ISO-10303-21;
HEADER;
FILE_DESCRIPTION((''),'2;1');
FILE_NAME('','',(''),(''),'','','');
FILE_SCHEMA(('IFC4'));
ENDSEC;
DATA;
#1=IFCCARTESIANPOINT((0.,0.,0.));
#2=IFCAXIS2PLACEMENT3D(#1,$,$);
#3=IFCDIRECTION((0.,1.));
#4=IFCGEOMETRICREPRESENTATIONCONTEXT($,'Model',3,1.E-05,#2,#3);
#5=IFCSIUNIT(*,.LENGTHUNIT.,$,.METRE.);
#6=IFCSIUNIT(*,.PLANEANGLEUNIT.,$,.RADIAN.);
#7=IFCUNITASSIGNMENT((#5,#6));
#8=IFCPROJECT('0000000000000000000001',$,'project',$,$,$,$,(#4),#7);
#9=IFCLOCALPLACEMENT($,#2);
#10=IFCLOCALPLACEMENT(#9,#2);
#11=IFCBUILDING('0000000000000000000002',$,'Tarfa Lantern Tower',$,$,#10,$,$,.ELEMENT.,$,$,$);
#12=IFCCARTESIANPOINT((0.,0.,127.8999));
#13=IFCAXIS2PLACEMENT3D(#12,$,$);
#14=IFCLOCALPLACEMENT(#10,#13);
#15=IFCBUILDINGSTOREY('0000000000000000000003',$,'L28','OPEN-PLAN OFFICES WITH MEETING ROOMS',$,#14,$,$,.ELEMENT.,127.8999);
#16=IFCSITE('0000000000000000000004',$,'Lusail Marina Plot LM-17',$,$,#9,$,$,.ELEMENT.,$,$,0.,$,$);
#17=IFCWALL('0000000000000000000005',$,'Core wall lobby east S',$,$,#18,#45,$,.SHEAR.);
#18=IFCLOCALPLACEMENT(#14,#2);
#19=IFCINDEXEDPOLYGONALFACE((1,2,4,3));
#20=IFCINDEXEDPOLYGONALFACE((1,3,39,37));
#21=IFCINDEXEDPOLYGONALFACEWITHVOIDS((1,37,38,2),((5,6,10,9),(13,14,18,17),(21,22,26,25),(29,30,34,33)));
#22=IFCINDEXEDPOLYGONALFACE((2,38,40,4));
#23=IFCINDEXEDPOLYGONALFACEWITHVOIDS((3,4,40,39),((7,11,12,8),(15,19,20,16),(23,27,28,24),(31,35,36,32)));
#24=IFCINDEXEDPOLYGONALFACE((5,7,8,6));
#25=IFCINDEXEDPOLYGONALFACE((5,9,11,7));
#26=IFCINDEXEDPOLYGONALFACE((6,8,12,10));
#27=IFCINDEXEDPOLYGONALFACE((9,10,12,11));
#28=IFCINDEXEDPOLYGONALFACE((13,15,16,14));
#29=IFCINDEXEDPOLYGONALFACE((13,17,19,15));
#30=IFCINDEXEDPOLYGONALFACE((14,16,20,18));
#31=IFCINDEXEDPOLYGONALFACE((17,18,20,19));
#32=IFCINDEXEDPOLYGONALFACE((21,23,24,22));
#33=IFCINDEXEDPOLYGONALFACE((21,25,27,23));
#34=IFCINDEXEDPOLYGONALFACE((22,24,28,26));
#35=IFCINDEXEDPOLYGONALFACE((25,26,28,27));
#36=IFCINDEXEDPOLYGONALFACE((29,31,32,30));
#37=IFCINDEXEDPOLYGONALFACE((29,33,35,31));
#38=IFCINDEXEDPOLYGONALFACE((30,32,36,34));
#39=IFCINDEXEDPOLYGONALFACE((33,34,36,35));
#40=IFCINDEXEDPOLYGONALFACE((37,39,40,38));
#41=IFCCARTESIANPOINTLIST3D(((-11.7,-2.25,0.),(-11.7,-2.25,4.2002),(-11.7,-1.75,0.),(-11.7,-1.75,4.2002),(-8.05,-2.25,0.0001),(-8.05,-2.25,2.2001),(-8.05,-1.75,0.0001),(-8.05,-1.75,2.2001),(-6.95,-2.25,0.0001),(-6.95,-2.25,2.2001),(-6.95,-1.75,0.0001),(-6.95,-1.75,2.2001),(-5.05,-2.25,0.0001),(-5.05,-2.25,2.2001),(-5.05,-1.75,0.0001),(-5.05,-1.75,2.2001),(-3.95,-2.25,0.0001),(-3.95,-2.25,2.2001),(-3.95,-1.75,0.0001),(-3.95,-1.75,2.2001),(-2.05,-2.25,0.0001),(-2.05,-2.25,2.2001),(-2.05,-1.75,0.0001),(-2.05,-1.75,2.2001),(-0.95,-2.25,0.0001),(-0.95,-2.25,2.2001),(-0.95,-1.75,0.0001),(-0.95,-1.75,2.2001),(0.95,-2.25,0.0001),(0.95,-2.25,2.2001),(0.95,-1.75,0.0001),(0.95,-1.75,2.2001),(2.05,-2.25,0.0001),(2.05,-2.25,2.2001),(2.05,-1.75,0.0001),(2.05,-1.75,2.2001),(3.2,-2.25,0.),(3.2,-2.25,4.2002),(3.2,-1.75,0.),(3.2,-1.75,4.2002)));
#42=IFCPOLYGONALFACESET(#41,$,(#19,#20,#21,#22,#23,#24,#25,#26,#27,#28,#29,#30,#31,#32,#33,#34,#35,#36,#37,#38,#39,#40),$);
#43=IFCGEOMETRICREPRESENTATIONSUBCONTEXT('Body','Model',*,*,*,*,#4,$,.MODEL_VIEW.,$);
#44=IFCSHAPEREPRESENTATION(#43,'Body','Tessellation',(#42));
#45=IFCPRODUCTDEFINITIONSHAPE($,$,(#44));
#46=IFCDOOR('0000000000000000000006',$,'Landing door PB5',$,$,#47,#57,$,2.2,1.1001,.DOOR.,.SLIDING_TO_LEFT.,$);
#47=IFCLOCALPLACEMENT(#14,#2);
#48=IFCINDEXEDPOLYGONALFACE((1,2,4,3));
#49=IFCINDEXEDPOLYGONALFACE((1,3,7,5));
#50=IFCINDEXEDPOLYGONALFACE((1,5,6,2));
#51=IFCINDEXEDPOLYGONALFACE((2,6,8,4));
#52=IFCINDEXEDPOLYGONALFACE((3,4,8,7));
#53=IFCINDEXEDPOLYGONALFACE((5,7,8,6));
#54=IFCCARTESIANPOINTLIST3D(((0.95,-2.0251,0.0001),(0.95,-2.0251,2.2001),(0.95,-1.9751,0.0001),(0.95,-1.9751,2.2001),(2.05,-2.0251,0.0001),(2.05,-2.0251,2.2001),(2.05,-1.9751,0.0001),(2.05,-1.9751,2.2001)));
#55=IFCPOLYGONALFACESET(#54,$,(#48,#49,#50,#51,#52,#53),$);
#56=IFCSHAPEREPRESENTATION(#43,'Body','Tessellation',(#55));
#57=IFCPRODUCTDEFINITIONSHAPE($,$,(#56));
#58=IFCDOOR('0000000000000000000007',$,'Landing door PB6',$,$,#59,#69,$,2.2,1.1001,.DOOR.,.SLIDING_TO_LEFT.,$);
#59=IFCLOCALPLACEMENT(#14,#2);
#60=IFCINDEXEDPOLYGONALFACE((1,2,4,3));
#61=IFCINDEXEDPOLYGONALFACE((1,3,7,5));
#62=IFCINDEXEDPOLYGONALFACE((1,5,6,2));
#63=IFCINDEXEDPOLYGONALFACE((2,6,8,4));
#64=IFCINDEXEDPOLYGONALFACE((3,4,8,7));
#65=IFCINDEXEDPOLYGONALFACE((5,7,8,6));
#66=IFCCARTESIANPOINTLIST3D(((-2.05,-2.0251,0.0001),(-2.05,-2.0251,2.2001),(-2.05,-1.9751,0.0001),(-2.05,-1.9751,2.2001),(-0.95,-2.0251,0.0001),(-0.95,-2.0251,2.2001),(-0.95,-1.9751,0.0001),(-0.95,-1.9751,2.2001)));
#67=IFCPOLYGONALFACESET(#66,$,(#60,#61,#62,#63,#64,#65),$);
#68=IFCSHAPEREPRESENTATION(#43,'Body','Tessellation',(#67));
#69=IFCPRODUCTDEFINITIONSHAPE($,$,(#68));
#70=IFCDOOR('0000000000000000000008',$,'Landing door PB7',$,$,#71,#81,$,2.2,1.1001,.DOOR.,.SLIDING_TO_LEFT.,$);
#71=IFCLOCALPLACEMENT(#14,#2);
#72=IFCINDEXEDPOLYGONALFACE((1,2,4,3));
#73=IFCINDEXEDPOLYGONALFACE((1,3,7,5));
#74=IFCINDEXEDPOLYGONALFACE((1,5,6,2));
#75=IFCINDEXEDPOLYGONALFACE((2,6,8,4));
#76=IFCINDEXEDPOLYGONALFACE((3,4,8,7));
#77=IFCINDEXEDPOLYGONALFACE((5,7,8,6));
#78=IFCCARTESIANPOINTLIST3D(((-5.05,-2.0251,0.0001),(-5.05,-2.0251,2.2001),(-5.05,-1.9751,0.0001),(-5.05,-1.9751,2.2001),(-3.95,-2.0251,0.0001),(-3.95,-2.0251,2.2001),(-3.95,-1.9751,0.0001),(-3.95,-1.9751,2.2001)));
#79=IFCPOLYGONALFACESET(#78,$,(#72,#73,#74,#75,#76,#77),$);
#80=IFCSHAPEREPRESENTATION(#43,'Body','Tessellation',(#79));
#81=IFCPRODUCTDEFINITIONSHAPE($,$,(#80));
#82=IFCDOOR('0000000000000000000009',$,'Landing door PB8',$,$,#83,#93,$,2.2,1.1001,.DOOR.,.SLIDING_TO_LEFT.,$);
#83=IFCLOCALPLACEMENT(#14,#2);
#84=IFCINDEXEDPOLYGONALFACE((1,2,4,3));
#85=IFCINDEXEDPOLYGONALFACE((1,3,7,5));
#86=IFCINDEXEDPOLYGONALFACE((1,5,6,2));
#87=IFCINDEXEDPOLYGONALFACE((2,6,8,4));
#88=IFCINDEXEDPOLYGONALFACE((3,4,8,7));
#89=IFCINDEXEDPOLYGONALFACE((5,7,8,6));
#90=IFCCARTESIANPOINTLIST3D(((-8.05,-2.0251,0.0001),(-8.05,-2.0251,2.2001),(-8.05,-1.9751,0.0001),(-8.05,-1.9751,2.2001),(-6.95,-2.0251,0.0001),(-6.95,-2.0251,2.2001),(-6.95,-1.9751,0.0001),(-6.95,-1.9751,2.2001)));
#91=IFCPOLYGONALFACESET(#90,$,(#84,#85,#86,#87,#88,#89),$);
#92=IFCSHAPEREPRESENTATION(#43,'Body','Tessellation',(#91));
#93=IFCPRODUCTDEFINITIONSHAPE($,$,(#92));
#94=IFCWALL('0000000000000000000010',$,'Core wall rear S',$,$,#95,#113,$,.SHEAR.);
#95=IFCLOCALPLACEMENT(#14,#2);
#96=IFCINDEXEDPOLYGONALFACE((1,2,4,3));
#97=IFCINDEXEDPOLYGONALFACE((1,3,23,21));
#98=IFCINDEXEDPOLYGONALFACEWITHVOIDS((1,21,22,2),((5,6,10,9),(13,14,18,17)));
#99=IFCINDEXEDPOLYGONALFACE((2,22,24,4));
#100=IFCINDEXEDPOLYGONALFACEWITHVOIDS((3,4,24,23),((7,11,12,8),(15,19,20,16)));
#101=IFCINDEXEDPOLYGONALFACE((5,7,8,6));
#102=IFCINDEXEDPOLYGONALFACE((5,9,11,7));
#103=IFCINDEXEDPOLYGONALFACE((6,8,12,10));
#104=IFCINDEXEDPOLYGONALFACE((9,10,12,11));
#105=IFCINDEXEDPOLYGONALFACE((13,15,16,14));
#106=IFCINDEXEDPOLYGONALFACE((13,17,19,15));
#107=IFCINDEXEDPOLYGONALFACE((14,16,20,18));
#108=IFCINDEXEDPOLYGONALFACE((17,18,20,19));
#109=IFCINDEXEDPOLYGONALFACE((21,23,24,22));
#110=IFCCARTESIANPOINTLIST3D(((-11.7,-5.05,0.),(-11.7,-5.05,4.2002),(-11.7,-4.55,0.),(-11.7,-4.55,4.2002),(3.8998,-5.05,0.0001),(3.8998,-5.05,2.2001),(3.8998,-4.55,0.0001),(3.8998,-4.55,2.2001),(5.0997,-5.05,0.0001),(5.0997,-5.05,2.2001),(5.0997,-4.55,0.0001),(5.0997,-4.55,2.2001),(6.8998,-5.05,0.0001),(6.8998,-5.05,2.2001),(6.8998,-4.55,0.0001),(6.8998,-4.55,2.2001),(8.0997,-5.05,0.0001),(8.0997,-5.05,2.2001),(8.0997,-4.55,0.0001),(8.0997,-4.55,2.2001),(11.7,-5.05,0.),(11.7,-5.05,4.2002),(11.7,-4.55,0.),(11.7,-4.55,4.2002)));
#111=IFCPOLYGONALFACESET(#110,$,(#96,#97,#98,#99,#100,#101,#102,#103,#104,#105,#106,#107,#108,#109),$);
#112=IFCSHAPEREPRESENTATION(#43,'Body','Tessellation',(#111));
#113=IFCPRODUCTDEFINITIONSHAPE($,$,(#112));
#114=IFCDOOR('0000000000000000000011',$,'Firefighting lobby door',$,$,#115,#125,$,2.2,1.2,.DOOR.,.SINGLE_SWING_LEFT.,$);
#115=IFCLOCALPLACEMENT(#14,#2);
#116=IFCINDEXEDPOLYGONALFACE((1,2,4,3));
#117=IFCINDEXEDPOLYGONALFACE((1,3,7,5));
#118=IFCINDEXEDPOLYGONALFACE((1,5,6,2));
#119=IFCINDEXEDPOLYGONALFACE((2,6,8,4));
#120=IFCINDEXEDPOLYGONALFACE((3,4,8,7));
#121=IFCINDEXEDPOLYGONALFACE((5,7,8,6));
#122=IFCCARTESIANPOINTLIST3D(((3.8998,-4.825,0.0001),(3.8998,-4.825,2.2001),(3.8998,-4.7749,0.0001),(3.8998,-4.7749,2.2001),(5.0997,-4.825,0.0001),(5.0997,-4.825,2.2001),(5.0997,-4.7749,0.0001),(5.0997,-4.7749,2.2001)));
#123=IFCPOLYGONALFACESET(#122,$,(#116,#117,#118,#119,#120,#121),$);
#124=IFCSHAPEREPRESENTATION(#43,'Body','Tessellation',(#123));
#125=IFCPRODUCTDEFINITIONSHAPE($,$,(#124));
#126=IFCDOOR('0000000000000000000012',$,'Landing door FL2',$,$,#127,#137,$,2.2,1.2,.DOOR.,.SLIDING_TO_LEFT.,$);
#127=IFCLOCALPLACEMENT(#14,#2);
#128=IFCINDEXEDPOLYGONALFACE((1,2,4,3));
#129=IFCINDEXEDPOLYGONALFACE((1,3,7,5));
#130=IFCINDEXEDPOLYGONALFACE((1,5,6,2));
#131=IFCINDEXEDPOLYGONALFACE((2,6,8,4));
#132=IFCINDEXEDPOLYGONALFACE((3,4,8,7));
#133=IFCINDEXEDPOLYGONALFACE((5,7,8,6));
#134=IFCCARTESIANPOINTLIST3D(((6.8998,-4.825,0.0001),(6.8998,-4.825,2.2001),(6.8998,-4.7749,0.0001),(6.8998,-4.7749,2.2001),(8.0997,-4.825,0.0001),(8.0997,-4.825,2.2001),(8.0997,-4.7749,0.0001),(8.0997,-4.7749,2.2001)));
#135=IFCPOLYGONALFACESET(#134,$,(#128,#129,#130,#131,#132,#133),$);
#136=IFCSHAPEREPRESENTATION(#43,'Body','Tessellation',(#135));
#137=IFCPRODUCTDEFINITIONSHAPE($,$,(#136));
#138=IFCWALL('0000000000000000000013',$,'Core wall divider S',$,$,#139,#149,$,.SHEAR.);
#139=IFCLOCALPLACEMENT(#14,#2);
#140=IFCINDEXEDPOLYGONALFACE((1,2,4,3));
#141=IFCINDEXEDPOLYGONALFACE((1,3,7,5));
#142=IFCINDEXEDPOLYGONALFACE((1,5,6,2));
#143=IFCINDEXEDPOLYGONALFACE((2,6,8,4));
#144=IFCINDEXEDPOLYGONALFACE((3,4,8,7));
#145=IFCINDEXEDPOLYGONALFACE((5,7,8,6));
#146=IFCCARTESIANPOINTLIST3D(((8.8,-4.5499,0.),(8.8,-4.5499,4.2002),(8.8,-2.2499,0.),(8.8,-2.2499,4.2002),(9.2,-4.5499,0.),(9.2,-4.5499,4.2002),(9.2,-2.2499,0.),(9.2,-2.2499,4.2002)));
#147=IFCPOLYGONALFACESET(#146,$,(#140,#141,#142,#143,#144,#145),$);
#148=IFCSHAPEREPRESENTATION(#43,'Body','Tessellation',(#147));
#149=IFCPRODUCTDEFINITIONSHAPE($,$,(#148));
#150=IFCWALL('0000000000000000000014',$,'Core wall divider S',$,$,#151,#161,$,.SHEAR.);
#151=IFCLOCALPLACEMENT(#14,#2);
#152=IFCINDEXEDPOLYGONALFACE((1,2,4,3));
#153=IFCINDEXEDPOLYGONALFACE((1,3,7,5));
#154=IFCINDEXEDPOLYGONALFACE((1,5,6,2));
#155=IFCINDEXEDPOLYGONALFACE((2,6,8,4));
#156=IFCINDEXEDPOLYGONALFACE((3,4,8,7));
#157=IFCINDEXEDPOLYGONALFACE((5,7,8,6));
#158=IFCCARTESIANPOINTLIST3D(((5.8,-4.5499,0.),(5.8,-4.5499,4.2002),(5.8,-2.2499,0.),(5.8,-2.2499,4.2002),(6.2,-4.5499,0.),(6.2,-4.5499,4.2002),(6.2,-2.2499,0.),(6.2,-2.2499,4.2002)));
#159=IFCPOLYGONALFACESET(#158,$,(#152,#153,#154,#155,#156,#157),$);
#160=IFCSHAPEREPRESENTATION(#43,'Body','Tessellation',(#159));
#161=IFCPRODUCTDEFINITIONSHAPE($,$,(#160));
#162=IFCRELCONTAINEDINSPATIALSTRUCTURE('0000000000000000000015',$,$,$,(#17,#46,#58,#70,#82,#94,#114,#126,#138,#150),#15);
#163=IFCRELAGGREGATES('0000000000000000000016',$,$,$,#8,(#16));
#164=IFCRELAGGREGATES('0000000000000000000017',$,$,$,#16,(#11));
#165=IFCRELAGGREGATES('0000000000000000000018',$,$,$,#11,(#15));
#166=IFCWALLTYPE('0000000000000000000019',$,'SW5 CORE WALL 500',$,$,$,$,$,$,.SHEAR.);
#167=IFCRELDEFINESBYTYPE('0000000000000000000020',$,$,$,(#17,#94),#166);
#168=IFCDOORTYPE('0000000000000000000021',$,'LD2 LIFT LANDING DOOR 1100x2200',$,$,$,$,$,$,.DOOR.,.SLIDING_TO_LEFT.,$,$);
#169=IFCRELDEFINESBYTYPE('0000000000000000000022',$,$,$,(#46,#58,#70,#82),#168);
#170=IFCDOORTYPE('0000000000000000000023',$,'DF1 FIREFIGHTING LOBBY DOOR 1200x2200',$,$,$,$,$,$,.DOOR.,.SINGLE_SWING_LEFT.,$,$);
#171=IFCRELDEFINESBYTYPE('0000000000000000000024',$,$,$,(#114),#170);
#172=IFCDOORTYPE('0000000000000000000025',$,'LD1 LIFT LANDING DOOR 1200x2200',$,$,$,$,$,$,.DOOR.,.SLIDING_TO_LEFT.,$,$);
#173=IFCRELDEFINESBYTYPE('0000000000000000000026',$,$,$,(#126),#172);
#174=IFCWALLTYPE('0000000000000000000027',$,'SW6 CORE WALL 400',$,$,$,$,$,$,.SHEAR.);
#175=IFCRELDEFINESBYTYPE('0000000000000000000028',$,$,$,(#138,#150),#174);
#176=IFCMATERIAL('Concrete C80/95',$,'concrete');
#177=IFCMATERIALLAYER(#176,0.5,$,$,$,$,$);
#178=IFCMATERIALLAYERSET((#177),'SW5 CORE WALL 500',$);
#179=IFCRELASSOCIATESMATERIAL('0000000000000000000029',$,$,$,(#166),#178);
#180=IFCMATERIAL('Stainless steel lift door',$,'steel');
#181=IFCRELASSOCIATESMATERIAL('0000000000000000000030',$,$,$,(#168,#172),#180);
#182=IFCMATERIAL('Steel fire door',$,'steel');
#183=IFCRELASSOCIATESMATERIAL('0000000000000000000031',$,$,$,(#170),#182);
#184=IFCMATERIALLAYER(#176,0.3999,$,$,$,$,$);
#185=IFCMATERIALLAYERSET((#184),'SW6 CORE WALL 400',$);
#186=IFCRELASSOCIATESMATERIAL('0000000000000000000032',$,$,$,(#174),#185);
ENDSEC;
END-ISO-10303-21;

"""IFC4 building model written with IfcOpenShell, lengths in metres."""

from ifc_helpers import new_model, si_unit, direction, frame, frame_2d, origin, place, context, subcontext, project, spatial, rectangle, extrude, material, layer, layer_set, type_object, element, fill, save


model = new_model("IFC4")

# Units and contexts
model_context = context("Model", 3, precision=1e-05, world=origin(), true_north=direction((0.0, 1.0)))
body_context = subcontext(model_context, "Body", "Model", "MODEL_VIEW")
ifc_project = project(units=[si_unit("LENGTHUNIT", "METRE"), si_unit("PLANEANGLEUNIT", "RADIAN")], contexts=[model_context])

# Site, building, storey
site_placement = place(None, origin())
site = spatial("IfcSite", under=ifc_project, at=site_placement, Name="Lusail Marina Plot LM-17", CompositionType="ELEMENT", RefElevation=0.0)
building_placement = place(site_placement, origin())
building = spatial("IfcBuilding", under=site, at=building_placement, Name="Tarfa Lantern Tower", CompositionType="ELEMENT")
storey_placement = place(building_placement, frame((0.0, 0.0, 127.8999)))
storey = spatial("IfcBuildingStorey", under=building, at=storey_placement, Name="L28", Description="OPEN-PLAN OFFICES WITH MEETING ROOMS", CompositionType="ELEMENT", Elevation=127.8999)

# Shared definitions
ifc_material_1 = material(Name="Concrete C80/95", Category="concrete")

# Shared definitions
ifc_material_2 = material(Name="Steel fire door", Category="steel")

# Shared definitions
ifc_layer_1 = layer(ifc_material_1, 0.5)
ifc_layer_set_1 = layer_set([ifc_layer_1], Name="SW5 CORE WALL 500")
wall_type_1 = type_object("IfcWallType", Name="SW5 CORE WALL 500", PredefinedType="SHEAR", material=ifc_layer_set_1)

# Walls, openings, doors
wall_1_placement = place(storey_placement, frame((3.2, -2.0, 0.0), z_axis=(0.0, 0.0, 1.0), x_axis=(-1.0, 0.0, 0.0)))
wall_1 = element("IfcWall", 1, at=wall_1_placement, inside=storey, type_object=wall_type_1, Name="Core wall lobby east S", PredefinedType="SHEAR", context=body_context, shape_type="SweptSolid", body=[
    extrude(rectangle(XDim=14.8999, YDim=0.5, at=frame_2d((7.45, 0.0))), origin(), (0.0, 0.0, 1.0), 4.2002),
])
opening_1_placement = place(wall_1_placement, frame((1.1499, 0.0, 0.0)))
opening_1 = element("IfcOpeningElement", 2, at=opening_1_placement, cuts=wall_1, PredefinedType="OPENING", context=body_context, shape_type="SweptSolid", body=[
    extrude(rectangle(XDim=1.1001, YDim=2.2, at=frame_2d((0.55, 1.1001))), frame((0.0, 0.26, 0.0), z_axis=(0.0, -1.0, 0.0), x_axis=(1.0, 0.0, 0.0)), (0.0, 0.0, 1.0), 0.52),
])
opening_2_placement = place(wall_1_placement, frame((4.1499, 0.0, 0.0)))
opening_2 = element("IfcOpeningElement", 3, at=opening_2_placement, cuts=wall_1, PredefinedType="OPENING", context=body_context, shape_type="SweptSolid", body=[
    extrude(rectangle(XDim=1.1001, YDim=2.2, at=frame_2d((0.55, 1.1001))), frame((0.0, 0.26, 0.0), z_axis=(0.0, -1.0, 0.0), x_axis=(1.0, 0.0, 0.0)), (0.0, 0.0, 1.0), 0.52),
])
opening_3_placement = place(wall_1_placement, frame((7.1499, 0.0, 0.0)))
opening_3 = element("IfcOpeningElement", 4, at=opening_3_placement, cuts=wall_1, PredefinedType="OPENING", context=body_context, shape_type="SweptSolid", body=[
    extrude(rectangle(XDim=1.1001, YDim=2.2, at=frame_2d((0.55, 1.1001))), frame((0.0, 0.26, 0.0), z_axis=(0.0, -1.0, 0.0), x_axis=(1.0, 0.0, 0.0)), (0.0, 0.0, 1.0), 0.52),
])
opening_4_placement = place(wall_1_placement, frame((10.1499, 0.0, 0.0)))
opening_4 = element("IfcOpeningElement", 5, at=opening_4_placement, cuts=wall_1, PredefinedType="OPENING", context=body_context, shape_type="SweptSolid", body=[
    extrude(rectangle(XDim=1.1001, YDim=2.2, at=frame_2d((0.55, 1.1001))), frame((0.0, 0.26, 0.0), z_axis=(0.0, -1.0, 0.0), x_axis=(1.0, 0.0, 0.0)), (0.0, 0.0, 1.0), 0.52),
])
ifc_material_3 = material(Name="Stainless steel lift door", Category="steel")
door_type_1 = type_object("IfcDoorType", Name="LD2 LIFT LANDING DOOR 1100x2200", OperationType="SLIDING_TO_LEFT", PredefinedType="DOOR", material=ifc_material_3)
door_1_placement = place(opening_1_placement, frame((1.1001, 0.0, 0.0), z_axis=(0.0, 0.0, 1.0), x_axis=(-1.0, 0.0, 0.0)))
door_1 = element("IfcDoor", 6, at=door_1_placement, inside=storey, type_object=door_type_1, Name="Landing door PB5", OperationType="SLIDING_TO_LEFT", OverallHeight=2.2, OverallWidth=1.1001, PredefinedType="DOOR", context=body_context, shape_type="SweptSolid", body=[
    extrude(rectangle(XDim=1.1001, YDim=2.2, at=frame_2d((0.55, 1.1001))), frame((0.0, 0.0249, 0.0), z_axis=(0.0, -1.0, 0.0), x_axis=(1.0, 0.0, 0.0)), (0.0, 0.0, 1.0), 0.05),
])
fill(opening_1, door_1)
door_2_placement = place(opening_2_placement, frame((1.1001, 0.0, 0.0), z_axis=(0.0, 0.0, 1.0), x_axis=(-1.0, 0.0, 0.0)))
door_2 = element("IfcDoor", 7, at=door_2_placement, inside=storey, type_object=door_type_1, Name="Landing door PB6", OperationType="SLIDING_TO_LEFT", OverallHeight=2.2, OverallWidth=1.1001, PredefinedType="DOOR", context=body_context, shape_type="SweptSolid", body=[
    extrude(rectangle(XDim=1.1001, YDim=2.2, at=frame_2d((0.55, 1.1001))), frame((0.0, 0.0249, 0.0), z_axis=(0.0, -1.0, 0.0), x_axis=(1.0, 0.0, 0.0)), (0.0, 0.0, 1.0), 0.05),
])
fill(opening_2, door_2)
door_3_placement = place(opening_3_placement, frame((1.1001, 0.0, 0.0), z_axis=(0.0, 0.0, 1.0), x_axis=(-1.0, 0.0, 0.0)))
door_3 = element("IfcDoor", 8, at=door_3_placement, inside=storey, type_object=door_type_1, Name="Landing door PB7", OperationType="SLIDING_TO_LEFT", OverallHeight=2.2, OverallWidth=1.1001, PredefinedType="DOOR", context=body_context, shape_type="SweptSolid", body=[
    extrude(rectangle(XDim=1.1001, YDim=2.2, at=frame_2d((0.55, 1.1001))), frame((0.0, 0.0249, 0.0), z_axis=(0.0, -1.0, 0.0), x_axis=(1.0, 0.0, 0.0)), (0.0, 0.0, 1.0), 0.05),
])
fill(opening_3, door_3)
door_4_placement = place(opening_4_placement, frame((1.1001, 0.0, 0.0), z_axis=(0.0, 0.0, 1.0), x_axis=(-1.0, 0.0, 0.0)))
door_4 = element("IfcDoor", 9, at=door_4_placement, inside=storey, type_object=door_type_1, Name="Landing door PB8", OperationType="SLIDING_TO_LEFT", OverallHeight=2.2, OverallWidth=1.1001, PredefinedType="DOOR", context=body_context, shape_type="SweptSolid", body=[
    extrude(rectangle(XDim=1.1001, YDim=2.2, at=frame_2d((0.55, 1.1001))), frame((0.0, 0.0249, 0.0), z_axis=(0.0, -1.0, 0.0), x_axis=(1.0, 0.0, 0.0)), (0.0, 0.0, 1.0), 0.05),
])
fill(opening_4, door_4)
wall_2_placement = place(storey_placement, frame((11.7, -4.8, 0.0), z_axis=(0.0, 0.0, 1.0), x_axis=(-1.0, 0.0, 0.0)))
wall_2 = element("IfcWall", 10, at=wall_2_placement, inside=storey, type_object=wall_type_1, Name="Core wall rear S", PredefinedType="SHEAR", context=body_context, shape_type="SweptSolid", body=[
    extrude(rectangle(XDim=23.3999, YDim=0.5, at=frame_2d((11.7, 0.0))), origin(), (0.0, 0.0, 1.0), 4.2002),
])
opening_5_placement = place(wall_2_placement, frame((6.6001, 0.0, 0.0)))
opening_5 = element("IfcOpeningElement", 11, at=opening_5_placement, cuts=wall_2, PredefinedType="OPENING", context=body_context, shape_type="SweptSolid", body=[
    extrude(rectangle(XDim=1.2, YDim=2.2, at=frame_2d((0.6001, 1.1001))), frame((0.0, 0.26, 0.0), z_axis=(0.0, -1.0, 0.0), x_axis=(1.0, 0.0, 0.0)), (0.0, 0.0, 1.0), 0.52),
])
opening_6_placement = place(wall_2_placement, frame((3.6001, 0.0, 0.0)))
opening_6 = element("IfcOpeningElement", 12, at=opening_6_placement, cuts=wall_2, PredefinedType="OPENING", context=body_context, shape_type="SweptSolid", body=[
    extrude(rectangle(XDim=1.2, YDim=2.2, at=frame_2d((0.6001, 1.1001))), frame((0.0, 0.26, 0.0), z_axis=(0.0, -1.0, 0.0), x_axis=(1.0, 0.0, 0.0)), (0.0, 0.0, 1.0), 0.52),
])
door_type_2 = type_object("IfcDoorType", Name="DF1 FIREFIGHTING LOBBY DOOR 1200x2200", OperationType="SINGLE_SWING_LEFT", PredefinedType="DOOR", material=ifc_material_2)
door_5_placement = place(opening_5_placement, origin())
door_5 = element("IfcDoor", 13, at=door_5_placement, inside=storey, type_object=door_type_2, Name="Firefighting lobby door", OperationType="SINGLE_SWING_LEFT", OverallHeight=2.2, OverallWidth=1.2, PredefinedType="DOOR", context=body_context, shape_type="SweptSolid", body=[
    extrude(rectangle(XDim=1.2, YDim=2.2, at=frame_2d((0.6001, 1.1001))), frame((0.0, 0.0249, 0.0), z_axis=(0.0, -1.0, 0.0), x_axis=(1.0, 0.0, 0.0)), (0.0, 0.0, 1.0), 0.05),
])
fill(opening_5, door_5)
door_type_3 = type_object("IfcDoorType", Name="LD1 LIFT LANDING DOOR 1200x2200", OperationType="SLIDING_TO_LEFT", PredefinedType="DOOR", material=ifc_material_3)
door_6_placement = place(opening_6_placement, origin())
door_6 = element("IfcDoor", 14, at=door_6_placement, inside=storey, type_object=door_type_3, Name="Landing door FL2", OperationType="SLIDING_TO_LEFT", OverallHeight=2.2, OverallWidth=1.2, PredefinedType="DOOR", context=body_context, shape_type="SweptSolid", body=[
    extrude(rectangle(XDim=1.2, YDim=2.2, at=frame_2d((0.6001, 1.1001))), frame((0.0, 0.0249, 0.0), z_axis=(0.0, -1.0, 0.0), x_axis=(1.0, 0.0, 0.0)), (0.0, 0.0, 1.0), 0.05),
])
fill(opening_6, door_6)

# Walls
ifc_layer_2 = layer(ifc_material_1, 0.3999)
ifc_layer_set_2 = layer_set([ifc_layer_2], Name="SW6 CORE WALL 400")
wall_type_2 = type_object("IfcWallType", Name="SW6 CORE WALL 400", PredefinedType="SHEAR", material=ifc_layer_set_2)
for number, where, z_axis, x_axis, name in (
    (15, (9.0, -2.25, 0.0), (0.0, 0.0, 1.0), (0.0, -1.0, 0.0), "Core wall divider S"),
    (16, (6.0, -2.25, 0.0), (0.0, 0.0, 1.0), (0.0, -1.0, 0.0), "Core wall divider S"),
):
    element("IfcWall", number, at=place(storey_placement, frame(where, z_axis=z_axis, x_axis=x_axis)), inside=storey, type_object=wall_type_2, Name=name, PredefinedType="SHEAR", context=body_context, shape_type="SweptSolid", body=[
        extrude(rectangle(XDim=2.3, YDim=0.3999, at=frame_2d((1.1499, 0.0))), origin(), (0.0, 0.0, 1.0), 4.2002),
    ])

save(model, "model.ifc")
